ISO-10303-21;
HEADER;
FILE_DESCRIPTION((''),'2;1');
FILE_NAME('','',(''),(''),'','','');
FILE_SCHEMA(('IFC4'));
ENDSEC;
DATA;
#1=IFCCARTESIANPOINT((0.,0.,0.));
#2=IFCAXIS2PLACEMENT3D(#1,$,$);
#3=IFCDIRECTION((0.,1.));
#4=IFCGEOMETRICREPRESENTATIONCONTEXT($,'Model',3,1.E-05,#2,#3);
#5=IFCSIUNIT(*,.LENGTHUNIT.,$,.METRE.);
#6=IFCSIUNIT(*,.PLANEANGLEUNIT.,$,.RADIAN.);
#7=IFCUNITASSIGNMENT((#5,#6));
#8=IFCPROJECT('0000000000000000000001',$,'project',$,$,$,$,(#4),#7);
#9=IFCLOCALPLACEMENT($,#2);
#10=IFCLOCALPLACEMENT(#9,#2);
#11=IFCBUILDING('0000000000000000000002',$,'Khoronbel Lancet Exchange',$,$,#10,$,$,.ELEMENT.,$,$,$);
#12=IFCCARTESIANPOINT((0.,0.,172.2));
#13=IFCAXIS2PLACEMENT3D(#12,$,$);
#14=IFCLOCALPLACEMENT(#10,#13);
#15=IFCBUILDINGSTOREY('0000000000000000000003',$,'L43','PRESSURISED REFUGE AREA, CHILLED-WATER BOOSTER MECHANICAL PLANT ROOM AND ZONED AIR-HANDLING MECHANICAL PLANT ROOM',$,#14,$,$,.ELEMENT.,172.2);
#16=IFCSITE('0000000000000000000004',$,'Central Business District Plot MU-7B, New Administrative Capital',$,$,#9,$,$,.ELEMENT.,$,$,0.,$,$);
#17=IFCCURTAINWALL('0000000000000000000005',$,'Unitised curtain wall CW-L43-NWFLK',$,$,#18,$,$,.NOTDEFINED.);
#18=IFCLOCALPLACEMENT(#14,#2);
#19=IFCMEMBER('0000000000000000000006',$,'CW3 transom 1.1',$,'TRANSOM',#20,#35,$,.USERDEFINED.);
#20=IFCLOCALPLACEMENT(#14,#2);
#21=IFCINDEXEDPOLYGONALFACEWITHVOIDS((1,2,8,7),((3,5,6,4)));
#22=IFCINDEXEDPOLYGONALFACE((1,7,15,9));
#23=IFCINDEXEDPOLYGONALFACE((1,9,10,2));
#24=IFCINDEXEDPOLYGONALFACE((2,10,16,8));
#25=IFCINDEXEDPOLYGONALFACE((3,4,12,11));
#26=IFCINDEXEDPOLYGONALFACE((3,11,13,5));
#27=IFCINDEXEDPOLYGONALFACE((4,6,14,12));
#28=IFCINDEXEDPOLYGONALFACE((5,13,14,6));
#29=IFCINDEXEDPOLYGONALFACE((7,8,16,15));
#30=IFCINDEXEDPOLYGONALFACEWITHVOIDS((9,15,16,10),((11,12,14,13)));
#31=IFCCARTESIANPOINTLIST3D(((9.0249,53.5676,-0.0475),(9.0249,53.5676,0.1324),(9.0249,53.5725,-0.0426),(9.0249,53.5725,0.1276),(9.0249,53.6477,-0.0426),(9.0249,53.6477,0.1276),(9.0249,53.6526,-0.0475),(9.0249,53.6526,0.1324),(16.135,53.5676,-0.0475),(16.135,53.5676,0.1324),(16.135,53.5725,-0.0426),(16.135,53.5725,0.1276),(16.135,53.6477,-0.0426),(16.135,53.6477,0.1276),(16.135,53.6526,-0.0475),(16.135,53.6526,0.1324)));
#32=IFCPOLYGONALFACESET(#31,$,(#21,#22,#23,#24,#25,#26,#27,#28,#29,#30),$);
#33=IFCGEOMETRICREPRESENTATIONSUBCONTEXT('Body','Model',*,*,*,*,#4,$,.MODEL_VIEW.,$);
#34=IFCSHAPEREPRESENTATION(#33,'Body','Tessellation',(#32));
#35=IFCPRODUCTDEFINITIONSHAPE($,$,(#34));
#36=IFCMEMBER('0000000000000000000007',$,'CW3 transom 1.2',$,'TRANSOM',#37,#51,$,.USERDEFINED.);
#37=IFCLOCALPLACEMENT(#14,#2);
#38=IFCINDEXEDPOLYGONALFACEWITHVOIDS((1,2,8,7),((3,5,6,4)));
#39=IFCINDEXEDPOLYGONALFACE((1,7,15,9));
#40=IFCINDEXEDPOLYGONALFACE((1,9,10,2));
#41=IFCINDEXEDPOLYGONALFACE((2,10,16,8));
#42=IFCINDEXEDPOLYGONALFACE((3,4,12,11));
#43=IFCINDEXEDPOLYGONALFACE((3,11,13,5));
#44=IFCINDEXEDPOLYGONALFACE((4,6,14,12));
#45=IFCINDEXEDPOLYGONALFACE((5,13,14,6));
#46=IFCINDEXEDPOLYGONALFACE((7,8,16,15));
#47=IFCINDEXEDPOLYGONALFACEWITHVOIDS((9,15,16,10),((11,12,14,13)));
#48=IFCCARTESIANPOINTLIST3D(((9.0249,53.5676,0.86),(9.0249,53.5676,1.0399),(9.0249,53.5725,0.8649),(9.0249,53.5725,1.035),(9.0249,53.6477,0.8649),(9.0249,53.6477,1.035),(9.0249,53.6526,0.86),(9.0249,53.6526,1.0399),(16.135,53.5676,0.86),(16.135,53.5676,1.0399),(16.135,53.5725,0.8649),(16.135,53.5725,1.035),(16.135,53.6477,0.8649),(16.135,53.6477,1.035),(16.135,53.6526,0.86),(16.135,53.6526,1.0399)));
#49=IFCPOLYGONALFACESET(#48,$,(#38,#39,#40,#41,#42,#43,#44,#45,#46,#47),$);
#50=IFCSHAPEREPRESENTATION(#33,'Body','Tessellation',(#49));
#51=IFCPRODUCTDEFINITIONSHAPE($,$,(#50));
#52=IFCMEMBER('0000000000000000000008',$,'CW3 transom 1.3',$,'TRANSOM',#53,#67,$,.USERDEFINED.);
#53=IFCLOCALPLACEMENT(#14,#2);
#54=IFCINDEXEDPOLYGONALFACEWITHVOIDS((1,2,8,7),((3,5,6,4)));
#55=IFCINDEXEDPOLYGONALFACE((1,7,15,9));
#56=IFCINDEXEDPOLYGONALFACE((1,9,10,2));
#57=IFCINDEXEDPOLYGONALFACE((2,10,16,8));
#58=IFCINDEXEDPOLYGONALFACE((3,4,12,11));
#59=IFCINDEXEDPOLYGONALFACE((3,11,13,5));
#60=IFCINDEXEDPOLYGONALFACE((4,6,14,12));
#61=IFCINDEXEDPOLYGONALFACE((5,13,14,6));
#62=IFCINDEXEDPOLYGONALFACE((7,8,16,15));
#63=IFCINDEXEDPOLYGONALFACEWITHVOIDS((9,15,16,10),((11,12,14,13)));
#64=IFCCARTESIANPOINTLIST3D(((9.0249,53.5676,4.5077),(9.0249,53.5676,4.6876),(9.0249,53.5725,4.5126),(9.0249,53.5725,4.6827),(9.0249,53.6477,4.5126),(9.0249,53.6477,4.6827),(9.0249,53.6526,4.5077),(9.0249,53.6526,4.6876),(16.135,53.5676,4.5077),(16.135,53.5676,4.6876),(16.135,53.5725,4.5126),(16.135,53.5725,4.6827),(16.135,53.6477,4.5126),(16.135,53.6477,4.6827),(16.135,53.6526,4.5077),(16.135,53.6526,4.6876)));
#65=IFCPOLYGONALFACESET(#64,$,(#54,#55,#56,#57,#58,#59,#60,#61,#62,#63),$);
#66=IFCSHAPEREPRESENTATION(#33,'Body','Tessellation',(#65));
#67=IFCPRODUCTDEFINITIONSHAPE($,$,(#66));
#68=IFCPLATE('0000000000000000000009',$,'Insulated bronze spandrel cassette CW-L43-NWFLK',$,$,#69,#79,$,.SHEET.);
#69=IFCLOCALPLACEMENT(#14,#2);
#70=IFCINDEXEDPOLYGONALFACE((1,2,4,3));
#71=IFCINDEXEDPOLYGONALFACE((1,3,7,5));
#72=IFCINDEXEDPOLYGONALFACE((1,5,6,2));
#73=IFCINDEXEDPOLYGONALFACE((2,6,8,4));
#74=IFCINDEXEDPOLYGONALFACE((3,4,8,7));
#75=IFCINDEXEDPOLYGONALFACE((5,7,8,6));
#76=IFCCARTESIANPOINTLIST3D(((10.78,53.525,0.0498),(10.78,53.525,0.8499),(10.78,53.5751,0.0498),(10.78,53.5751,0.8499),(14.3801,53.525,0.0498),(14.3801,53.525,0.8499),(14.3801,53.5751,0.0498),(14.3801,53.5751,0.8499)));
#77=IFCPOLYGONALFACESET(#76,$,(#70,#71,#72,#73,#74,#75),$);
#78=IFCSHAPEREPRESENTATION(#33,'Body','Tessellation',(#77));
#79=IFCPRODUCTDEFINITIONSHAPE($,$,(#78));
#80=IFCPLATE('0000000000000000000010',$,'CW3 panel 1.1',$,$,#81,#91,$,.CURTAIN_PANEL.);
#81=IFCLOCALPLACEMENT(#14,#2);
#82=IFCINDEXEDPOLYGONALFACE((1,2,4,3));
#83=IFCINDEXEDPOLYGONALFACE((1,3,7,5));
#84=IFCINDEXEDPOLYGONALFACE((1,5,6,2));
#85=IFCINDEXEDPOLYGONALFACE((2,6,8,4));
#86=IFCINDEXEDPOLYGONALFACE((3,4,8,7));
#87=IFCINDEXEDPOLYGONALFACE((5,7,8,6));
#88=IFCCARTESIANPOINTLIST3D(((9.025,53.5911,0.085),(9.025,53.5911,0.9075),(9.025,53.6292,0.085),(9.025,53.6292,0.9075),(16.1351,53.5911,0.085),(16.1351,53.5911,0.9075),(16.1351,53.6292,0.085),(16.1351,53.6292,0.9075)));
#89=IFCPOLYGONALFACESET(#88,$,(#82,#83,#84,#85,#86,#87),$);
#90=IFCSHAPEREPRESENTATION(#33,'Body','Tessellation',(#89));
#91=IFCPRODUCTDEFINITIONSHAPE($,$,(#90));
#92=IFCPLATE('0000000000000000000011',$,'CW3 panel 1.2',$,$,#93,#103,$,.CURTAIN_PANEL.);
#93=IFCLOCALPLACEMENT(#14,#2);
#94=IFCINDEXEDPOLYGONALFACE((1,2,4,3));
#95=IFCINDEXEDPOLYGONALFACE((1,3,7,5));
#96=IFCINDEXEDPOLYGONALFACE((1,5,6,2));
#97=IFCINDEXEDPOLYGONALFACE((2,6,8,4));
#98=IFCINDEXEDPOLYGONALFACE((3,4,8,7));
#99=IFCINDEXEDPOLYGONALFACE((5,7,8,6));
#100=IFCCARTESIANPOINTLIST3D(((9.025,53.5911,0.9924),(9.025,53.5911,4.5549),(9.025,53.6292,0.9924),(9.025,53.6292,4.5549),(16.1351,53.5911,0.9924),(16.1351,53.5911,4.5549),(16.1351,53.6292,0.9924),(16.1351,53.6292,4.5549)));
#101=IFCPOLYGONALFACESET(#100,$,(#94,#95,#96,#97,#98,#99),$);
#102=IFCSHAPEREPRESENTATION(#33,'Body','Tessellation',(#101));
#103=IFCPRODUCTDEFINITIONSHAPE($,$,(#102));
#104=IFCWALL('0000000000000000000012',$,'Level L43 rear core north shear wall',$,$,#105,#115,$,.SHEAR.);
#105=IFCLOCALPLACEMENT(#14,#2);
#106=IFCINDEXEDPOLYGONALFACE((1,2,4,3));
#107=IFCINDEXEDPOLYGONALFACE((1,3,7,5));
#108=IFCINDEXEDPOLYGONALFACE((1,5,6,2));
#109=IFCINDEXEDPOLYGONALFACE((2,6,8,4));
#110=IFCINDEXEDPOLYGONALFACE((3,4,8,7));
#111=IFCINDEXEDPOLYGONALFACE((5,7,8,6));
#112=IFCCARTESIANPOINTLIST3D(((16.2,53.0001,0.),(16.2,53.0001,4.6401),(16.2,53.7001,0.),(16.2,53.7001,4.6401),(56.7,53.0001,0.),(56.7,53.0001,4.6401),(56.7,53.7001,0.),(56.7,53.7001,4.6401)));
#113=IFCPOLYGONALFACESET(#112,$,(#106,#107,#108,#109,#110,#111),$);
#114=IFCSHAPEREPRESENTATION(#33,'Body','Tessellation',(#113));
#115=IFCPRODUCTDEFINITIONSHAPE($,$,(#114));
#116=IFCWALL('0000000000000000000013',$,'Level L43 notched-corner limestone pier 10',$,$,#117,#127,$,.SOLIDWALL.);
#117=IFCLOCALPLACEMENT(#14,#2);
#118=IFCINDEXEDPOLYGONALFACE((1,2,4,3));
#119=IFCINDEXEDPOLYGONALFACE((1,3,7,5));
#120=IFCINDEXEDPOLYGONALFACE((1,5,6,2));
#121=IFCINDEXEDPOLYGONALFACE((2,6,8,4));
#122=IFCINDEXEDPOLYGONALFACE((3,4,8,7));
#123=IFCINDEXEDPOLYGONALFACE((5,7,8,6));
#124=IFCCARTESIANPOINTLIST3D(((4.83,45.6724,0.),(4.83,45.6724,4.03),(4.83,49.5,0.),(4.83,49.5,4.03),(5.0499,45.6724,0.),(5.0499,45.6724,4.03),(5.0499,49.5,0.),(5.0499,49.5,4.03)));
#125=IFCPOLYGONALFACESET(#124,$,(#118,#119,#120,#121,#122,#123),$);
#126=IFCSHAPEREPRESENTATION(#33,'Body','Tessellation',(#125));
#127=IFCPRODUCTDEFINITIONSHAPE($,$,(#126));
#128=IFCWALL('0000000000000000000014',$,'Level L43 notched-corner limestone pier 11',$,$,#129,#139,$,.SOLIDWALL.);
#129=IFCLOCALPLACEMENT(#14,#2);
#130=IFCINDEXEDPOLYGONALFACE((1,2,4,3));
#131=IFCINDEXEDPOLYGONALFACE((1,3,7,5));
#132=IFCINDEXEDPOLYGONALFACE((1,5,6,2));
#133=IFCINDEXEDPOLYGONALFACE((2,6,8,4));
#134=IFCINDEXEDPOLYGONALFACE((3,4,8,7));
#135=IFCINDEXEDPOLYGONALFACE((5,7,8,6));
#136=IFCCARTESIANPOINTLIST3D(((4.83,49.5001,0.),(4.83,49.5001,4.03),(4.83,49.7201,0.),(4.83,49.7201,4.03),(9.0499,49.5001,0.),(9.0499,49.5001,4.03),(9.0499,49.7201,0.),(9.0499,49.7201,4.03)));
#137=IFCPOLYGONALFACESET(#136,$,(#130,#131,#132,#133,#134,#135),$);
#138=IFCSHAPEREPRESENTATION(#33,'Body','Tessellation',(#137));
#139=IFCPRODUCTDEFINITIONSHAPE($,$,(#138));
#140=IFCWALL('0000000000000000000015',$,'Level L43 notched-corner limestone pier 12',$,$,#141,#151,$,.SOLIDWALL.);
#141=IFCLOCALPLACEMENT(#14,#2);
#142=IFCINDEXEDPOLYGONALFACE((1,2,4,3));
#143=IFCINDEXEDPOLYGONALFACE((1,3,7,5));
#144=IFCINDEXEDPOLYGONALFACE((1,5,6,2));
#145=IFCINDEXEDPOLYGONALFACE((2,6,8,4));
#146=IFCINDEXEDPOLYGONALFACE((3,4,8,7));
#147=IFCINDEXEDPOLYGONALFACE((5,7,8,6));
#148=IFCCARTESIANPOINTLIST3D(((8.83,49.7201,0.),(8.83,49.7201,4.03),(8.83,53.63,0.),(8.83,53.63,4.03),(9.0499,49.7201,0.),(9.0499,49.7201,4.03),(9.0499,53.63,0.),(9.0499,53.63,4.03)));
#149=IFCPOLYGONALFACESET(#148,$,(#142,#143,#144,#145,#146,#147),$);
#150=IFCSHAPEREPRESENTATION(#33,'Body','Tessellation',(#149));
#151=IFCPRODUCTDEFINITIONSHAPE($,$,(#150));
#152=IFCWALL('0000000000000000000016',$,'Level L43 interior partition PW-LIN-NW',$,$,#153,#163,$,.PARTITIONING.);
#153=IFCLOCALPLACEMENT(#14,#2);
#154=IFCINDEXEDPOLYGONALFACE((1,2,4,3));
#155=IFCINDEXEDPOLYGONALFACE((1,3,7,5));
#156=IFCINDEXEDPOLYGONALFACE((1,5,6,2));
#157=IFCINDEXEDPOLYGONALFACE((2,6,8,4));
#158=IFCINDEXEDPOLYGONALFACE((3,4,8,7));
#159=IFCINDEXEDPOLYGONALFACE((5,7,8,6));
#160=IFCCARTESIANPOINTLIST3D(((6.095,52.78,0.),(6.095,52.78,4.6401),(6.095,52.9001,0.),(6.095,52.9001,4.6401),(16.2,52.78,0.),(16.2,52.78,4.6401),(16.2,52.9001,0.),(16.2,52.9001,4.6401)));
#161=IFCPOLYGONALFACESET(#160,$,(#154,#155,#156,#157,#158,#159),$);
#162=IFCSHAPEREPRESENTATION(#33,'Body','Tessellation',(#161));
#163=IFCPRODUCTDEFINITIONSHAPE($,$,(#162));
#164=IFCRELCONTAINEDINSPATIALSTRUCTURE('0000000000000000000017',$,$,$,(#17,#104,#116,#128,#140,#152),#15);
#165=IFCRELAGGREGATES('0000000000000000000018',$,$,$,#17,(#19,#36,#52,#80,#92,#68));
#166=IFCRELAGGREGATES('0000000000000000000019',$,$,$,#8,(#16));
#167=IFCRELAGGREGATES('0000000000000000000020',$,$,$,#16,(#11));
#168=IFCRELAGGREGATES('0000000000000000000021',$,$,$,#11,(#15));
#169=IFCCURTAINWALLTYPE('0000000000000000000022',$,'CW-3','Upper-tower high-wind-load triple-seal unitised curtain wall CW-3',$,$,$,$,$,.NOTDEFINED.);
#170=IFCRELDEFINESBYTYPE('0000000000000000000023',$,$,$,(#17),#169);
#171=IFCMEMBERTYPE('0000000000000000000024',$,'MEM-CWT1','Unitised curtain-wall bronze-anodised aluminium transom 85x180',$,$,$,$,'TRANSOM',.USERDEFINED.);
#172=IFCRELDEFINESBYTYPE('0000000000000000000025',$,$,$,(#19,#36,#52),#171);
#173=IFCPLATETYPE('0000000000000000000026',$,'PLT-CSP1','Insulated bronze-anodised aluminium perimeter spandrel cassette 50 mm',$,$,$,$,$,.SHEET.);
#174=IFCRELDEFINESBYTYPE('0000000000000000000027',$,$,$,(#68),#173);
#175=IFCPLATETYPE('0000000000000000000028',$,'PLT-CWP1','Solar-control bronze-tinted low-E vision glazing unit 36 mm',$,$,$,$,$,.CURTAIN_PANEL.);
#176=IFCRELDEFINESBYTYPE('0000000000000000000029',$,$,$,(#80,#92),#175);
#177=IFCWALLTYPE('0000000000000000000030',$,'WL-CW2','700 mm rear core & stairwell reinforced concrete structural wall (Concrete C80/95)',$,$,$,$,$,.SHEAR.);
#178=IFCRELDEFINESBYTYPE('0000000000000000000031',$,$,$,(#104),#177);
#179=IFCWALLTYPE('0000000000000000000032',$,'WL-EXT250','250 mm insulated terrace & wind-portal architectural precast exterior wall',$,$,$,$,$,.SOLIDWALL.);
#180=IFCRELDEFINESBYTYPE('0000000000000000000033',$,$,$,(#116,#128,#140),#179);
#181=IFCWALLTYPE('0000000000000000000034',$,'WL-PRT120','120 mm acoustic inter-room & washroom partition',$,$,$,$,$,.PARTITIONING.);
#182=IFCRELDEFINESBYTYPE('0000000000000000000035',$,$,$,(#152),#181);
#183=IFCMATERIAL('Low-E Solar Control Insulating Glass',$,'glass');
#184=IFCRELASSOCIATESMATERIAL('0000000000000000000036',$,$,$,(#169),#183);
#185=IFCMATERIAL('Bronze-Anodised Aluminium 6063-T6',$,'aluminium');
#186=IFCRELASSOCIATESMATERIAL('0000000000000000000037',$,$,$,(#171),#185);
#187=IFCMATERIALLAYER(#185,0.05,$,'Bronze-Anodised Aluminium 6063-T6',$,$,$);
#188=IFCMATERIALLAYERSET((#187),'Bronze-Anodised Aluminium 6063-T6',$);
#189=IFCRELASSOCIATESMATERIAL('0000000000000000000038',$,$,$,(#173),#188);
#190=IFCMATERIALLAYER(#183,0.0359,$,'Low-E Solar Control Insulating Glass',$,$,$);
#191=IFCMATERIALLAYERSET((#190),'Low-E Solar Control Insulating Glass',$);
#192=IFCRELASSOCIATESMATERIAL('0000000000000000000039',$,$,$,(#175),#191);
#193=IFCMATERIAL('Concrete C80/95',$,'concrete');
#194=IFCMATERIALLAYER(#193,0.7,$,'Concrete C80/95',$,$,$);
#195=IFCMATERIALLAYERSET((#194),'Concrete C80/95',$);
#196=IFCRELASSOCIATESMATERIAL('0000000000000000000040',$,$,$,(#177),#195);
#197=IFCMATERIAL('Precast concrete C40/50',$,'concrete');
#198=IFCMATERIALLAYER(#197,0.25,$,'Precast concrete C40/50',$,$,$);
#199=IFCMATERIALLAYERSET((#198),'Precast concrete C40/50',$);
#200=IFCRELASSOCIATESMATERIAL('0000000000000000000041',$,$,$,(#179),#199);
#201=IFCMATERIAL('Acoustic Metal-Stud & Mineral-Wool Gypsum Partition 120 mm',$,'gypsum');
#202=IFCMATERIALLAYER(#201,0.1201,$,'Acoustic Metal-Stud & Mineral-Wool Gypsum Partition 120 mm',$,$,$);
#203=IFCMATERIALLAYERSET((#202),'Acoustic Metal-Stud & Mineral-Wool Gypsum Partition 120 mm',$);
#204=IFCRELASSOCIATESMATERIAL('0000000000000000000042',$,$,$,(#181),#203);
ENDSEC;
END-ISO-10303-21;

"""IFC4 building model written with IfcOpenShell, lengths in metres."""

from ifc_helpers import new_model, si_unit, direction, frame, frame_2d, origin, origin_2d, place, context, subcontext, project, spatial, rectangle, hollow_rectangle, extrude, material, layer, layer_set, material_profile, profile_set, type_object, element, aggregate, save


model = new_model("IFC4")

# Units and contexts
model_context = context("Model", 3, precision=1e-05, world=origin(), true_north=direction((0.0, 1.0)))
body_context = subcontext(model_context, "Body", "Model", "MODEL_VIEW")
ifc_project = project(units=[si_unit("LENGTHUNIT", "METRE"), si_unit("PLANEANGLEUNIT", "RADIAN")], contexts=[model_context])

# Site, building, storey
site_placement = place(None, origin())
site = spatial("IfcSite", under=ifc_project, at=site_placement, Name="Central Business District Plot MU-7B, New Administrative Capital", CompositionType="ELEMENT", RefElevation=0.0)
building_placement = place(site_placement, origin())
building = spatial("IfcBuilding", under=site, at=building_placement, Name="Khoronbel Lancet Exchange", CompositionType="ELEMENT")
storey_placement = place(building_placement, frame((0.0, 0.0, 172.2)))
storey = spatial("IfcBuildingStorey", under=building, at=storey_placement, Name="L43", Description="PRESSURISED REFUGE AREA, CHILLED-WATER BOOSTER MECHANICAL PLANT ROOM AND ZONED AIR-HANDLING MECHANICAL PLANT ROOM", CompositionType="ELEMENT", Elevation=172.2)

# Curtain wall
ifc_material_1 = material(Name="Low-E Solar Control Insulating Glass", Category="glass")
curtain_wall_type_1 = type_object("IfcCurtainWallType", Name="CW-3", Description="Upper-tower high-wind-load triple-seal unitised curtain wall CW-3", PredefinedType="NOTDEFINED", material=ifc_material_1)
curtain_wall_1_placement = place(storey_placement, origin())
curtain_wall_1 = element("IfcCurtainWall", 1, at=curtain_wall_1_placement, inside=storey, type_object=curtain_wall_type_1, Name="Unitised curtain wall CW-L43-NWFLK", PredefinedType="NOTDEFINED")
ifc_material_2 = material(Name="Bronze-Anodised Aluminium 6063-T6", Category="aluminium")

# Members
ifc_material_profile_1 = material_profile(ifc_material_2, hollow_rectangle(XDim=0.085, YDim=0.1799, WallThickness=0.0049, at=origin_2d()), Name="ALU TRANSOM 85x180")
ifc_profile_set_1 = profile_set([ifc_material_profile_1], Name="Bronze-Anodised Aluminium 6063-T6")
member_type_1 = type_object("IfcMemberType", Name="MEM-CWT1", Description="Unitised curtain-wall bronze-anodised aluminium transom 85x180", ElementType="TRANSOM", PredefinedType="USERDEFINED", material=ifc_profile_set_1)
member_1_placement = place(storey_placement, frame((16.135, 53.6101, 0.0425), z_axis=(-1.0, 0.0, 0.0), x_axis=(0.0, -1.0, 0.0)))
member_1 = element("IfcMember", 2, at=member_1_placement, type_object=member_type_1, Name="CW3 transom 1.1", ObjectType="TRANSOM", PredefinedType="USERDEFINED", context=body_context, shape_type="SweptSolid", body=[
    extrude(hollow_rectangle(XDim=0.085, YDim=0.1799, WallThickness=0.0049, at=origin_2d()), origin(), (0.0, 0.0, 1.0), 7.1101),
])
member_2_placement = place(storey_placement, frame((16.135, 53.6101, 0.95), z_axis=(-1.0, 0.0, 0.0), x_axis=(0.0, -1.0, 0.0)))
member_2 = element("IfcMember", 3, at=member_2_placement, type_object=member_type_1, Name="CW3 transom 1.2", ObjectType="TRANSOM", PredefinedType="USERDEFINED", context=body_context, shape_type="SweptSolid", body=[
    extrude(hollow_rectangle(XDim=0.085, YDim=0.1799, WallThickness=0.0049, at=origin_2d()), origin(), (0.0, 0.0, 1.0), 7.1101),
])
member_3_placement = place(storey_placement, frame((16.135, 53.6101, 4.5977), z_axis=(-1.0, 0.0, 0.0), x_axis=(0.0, -1.0, 0.0)))
member_3 = element("IfcMember", 4, at=member_3_placement, type_object=member_type_1, Name="CW3 transom 1.3", ObjectType="TRANSOM", PredefinedType="USERDEFINED", context=body_context, shape_type="SweptSolid", body=[
    extrude(hollow_rectangle(XDim=0.085, YDim=0.1799, WallThickness=0.0049, at=origin_2d()), origin(), (0.0, 0.0, 1.0), 7.1101),
])

# Plates
ifc_layer_1 = layer(ifc_material_2, 0.05, Name="Bronze-Anodised Aluminium 6063-T6")
ifc_layer_set_1 = layer_set([ifc_layer_1], Name="Bronze-Anodised Aluminium 6063-T6")
plate_type_1 = type_object("IfcPlateType", Name="PLT-CSP1", Description="Insulated bronze-anodised aluminium perimeter spandrel cassette 50 mm", PredefinedType="SHEET", material=ifc_layer_set_1)
plate_1_placement = place(storey_placement, frame((12.5801, 53.55, 0.0498), z_axis=(0.0, 0.0, 1.0), x_axis=(-1.0, 0.0, 0.0)))
plate_1 = element("IfcPlate", 5, at=plate_1_placement, type_object=plate_type_1, Name="Insulated bronze spandrel cassette CW-L43-NWFLK", PredefinedType="SHEET", context=body_context, shape_type="SweptSolid", body=[
    extrude(rectangle(XDim=3.6001, YDim=0.05, at=origin_2d()), origin(), (0.0, 0.0, 1.0), 0.8),
])
ifc_layer_2 = layer(ifc_material_1, 0.0359, Name="Low-E Solar Control Insulating Glass")
ifc_layer_set_2 = layer_set([ifc_layer_2], Name="Low-E Solar Control Insulating Glass")
plate_type_2 = type_object("IfcPlateType", Name="PLT-CWP1", Description="Solar-control bronze-tinted low-E vision glazing unit 36 mm", PredefinedType="CURTAIN_PANEL", material=ifc_layer_set_2)
plate_2_placement = place(storey_placement, frame((12.5801, 53.6101, 0.085), z_axis=(0.0, 0.0, 1.0), x_axis=(-1.0, 0.0, 0.0)))
plate_2 = element("IfcPlate", 6, at=plate_2_placement, type_object=plate_type_2, Name="CW3 panel 1.1", PredefinedType="CURTAIN_PANEL", context=body_context, shape_type="SweptSolid", body=[
    extrude(rectangle(XDim=7.1101, YDim=0.0381, at=origin_2d()), origin(), (0.0, 0.0, 1.0), 0.8225),
])
plate_3_placement = place(storey_placement, frame((12.5801, 53.6101, 0.9924), z_axis=(0.0, 0.0, 1.0), x_axis=(-1.0, 0.0, 0.0)))
plate_3 = element("IfcPlate", 7, at=plate_3_placement, type_object=plate_type_2, Name="CW3 panel 1.2", PredefinedType="CURTAIN_PANEL", context=body_context, shape_type="SweptSolid", body=[
    extrude(rectangle(XDim=7.1101, YDim=0.0381, at=origin_2d()), origin(), (0.0, 0.0, 1.0), 3.5625),
])
aggregate(curtain_wall_1, [member_1, member_2, member_3, plate_2, plate_3, plate_1])

# Walls
ifc_material_3 = material(Name="Concrete C80/95", Category="concrete")
ifc_layer_3 = layer(ifc_material_3, 0.7, Name="Concrete C80/95")
ifc_layer_set_3 = layer_set([ifc_layer_3], Name="Concrete C80/95")
wall_type_1 = type_object("IfcWallType", Name="WL-CW2", Description="700 mm rear core & stairwell reinforced concrete structural wall (Concrete C80/95)", PredefinedType="SHEAR", material=ifc_layer_set_3)
wall_1_placement = place(storey_placement, frame((16.2, 53.3501, 0.0), z_axis=(0.0, 0.0, 1.0), x_axis=(1.0, 0.0, 0.0)))
element("IfcWall", 8, at=wall_1_placement, inside=storey, type_object=wall_type_1, Name="Level L43 rear core north shear wall", PredefinedType="SHEAR", context=body_context, shape_type="SweptSolid", body=[
    extrude(rectangle(XDim=40.5, YDim=0.7, at=frame_2d((20.25, 0.0))), origin(), (0.0, 0.0, 1.0), 4.6401),
])
ifc_material_4 = material(Name="Precast concrete C40/50", Category="concrete")
ifc_layer_4 = layer(ifc_material_4, 0.25, Name="Precast concrete C40/50")
ifc_layer_set_4 = layer_set([ifc_layer_4], Name="Precast concrete C40/50")
wall_type_2 = type_object("IfcWallType", Name="WL-EXT250", Description="250 mm insulated terrace & wind-portal architectural precast exterior wall", PredefinedType="SOLIDWALL", material=ifc_layer_set_4)
wall_2_placement = place(storey_placement, frame((4.9399, 45.6724, 0.0), z_axis=(0.0, 0.0, 1.0), x_axis=(0.0, 1.0, 0.0)))
element("IfcWall", 9, at=wall_2_placement, inside=storey, type_object=wall_type_2, Name="Level L43 notched-corner limestone pier 10", PredefinedType="SOLIDWALL", context=body_context, shape_type="SweptSolid", body=[
    extrude(rectangle(XDim=3.8276, YDim=0.22, at=frame_2d((1.9138, 0.0))), origin(), (0.0, 0.0, 1.0), 4.03),
])
wall_3_placement = place(storey_placement, frame((4.8301, 49.6101, 0.0), z_axis=(0.0, 0.0, 1.0), x_axis=(1.0, 0.0, 0.0)))
element("IfcWall", 10, at=wall_3_placement, inside=storey, type_object=wall_type_2, Name="Level L43 notched-corner limestone pier 11", PredefinedType="SOLIDWALL", context=body_context, shape_type="SweptSolid", body=[
    extrude(rectangle(XDim=4.22, YDim=0.22, at=frame_2d((2.1099, 0.0))), origin(), (0.0, 0.0, 1.0), 4.03),
])
wall_4_placement = place(storey_placement, frame((8.9399, 49.72, 0.0), z_axis=(0.0, 0.0, 1.0), x_axis=(0.0, 1.0, 0.0)))
element("IfcWall", 11, at=wall_4_placement, inside=storey, type_object=wall_type_2, Name="Level L43 notched-corner limestone pier 12", PredefinedType="SOLIDWALL", context=body_context, shape_type="SweptSolid", body=[
    extrude(rectangle(XDim=3.9099, YDim=0.22, at=frame_2d((1.9551, 0.0))), origin(), (0.0, 0.0, 1.0), 4.03),
])
ifc_material_5 = material(Name="Acoustic Metal-Stud & Mineral-Wool Gypsum Partition 120 mm", Category="gypsum")
ifc_layer_5 = layer(ifc_material_5, 0.1201, Name="Acoustic Metal-Stud & Mineral-Wool Gypsum Partition 120 mm")
ifc_layer_set_5 = layer_set([ifc_layer_5], Name="Acoustic Metal-Stud & Mineral-Wool Gypsum Partition 120 mm")
wall_type_3 = type_object("IfcWallType", Name="WL-PRT120", Description="120 mm acoustic inter-room & washroom partition", PredefinedType="PARTITIONING", material=ifc_layer_set_5)
wall_5_placement = place(storey_placement, frame((6.095, 52.8401, 0.0), z_axis=(0.0, 0.0, 1.0), x_axis=(1.0, 0.0, 0.0)))
element("IfcWall", 12, at=wall_5_placement, inside=storey, type_object=wall_type_3, Name="Level L43 interior partition PW-LIN-NW", PredefinedType="PARTITIONING", context=body_context, shape_type="SweptSolid", body=[
    extrude(rectangle(XDim=10.105, YDim=0.1201, at=frame_2d((5.0525, 0.0))), origin(), (0.0, 0.0, 1.0), 4.6401),
])

save(model, "model.ifc")
